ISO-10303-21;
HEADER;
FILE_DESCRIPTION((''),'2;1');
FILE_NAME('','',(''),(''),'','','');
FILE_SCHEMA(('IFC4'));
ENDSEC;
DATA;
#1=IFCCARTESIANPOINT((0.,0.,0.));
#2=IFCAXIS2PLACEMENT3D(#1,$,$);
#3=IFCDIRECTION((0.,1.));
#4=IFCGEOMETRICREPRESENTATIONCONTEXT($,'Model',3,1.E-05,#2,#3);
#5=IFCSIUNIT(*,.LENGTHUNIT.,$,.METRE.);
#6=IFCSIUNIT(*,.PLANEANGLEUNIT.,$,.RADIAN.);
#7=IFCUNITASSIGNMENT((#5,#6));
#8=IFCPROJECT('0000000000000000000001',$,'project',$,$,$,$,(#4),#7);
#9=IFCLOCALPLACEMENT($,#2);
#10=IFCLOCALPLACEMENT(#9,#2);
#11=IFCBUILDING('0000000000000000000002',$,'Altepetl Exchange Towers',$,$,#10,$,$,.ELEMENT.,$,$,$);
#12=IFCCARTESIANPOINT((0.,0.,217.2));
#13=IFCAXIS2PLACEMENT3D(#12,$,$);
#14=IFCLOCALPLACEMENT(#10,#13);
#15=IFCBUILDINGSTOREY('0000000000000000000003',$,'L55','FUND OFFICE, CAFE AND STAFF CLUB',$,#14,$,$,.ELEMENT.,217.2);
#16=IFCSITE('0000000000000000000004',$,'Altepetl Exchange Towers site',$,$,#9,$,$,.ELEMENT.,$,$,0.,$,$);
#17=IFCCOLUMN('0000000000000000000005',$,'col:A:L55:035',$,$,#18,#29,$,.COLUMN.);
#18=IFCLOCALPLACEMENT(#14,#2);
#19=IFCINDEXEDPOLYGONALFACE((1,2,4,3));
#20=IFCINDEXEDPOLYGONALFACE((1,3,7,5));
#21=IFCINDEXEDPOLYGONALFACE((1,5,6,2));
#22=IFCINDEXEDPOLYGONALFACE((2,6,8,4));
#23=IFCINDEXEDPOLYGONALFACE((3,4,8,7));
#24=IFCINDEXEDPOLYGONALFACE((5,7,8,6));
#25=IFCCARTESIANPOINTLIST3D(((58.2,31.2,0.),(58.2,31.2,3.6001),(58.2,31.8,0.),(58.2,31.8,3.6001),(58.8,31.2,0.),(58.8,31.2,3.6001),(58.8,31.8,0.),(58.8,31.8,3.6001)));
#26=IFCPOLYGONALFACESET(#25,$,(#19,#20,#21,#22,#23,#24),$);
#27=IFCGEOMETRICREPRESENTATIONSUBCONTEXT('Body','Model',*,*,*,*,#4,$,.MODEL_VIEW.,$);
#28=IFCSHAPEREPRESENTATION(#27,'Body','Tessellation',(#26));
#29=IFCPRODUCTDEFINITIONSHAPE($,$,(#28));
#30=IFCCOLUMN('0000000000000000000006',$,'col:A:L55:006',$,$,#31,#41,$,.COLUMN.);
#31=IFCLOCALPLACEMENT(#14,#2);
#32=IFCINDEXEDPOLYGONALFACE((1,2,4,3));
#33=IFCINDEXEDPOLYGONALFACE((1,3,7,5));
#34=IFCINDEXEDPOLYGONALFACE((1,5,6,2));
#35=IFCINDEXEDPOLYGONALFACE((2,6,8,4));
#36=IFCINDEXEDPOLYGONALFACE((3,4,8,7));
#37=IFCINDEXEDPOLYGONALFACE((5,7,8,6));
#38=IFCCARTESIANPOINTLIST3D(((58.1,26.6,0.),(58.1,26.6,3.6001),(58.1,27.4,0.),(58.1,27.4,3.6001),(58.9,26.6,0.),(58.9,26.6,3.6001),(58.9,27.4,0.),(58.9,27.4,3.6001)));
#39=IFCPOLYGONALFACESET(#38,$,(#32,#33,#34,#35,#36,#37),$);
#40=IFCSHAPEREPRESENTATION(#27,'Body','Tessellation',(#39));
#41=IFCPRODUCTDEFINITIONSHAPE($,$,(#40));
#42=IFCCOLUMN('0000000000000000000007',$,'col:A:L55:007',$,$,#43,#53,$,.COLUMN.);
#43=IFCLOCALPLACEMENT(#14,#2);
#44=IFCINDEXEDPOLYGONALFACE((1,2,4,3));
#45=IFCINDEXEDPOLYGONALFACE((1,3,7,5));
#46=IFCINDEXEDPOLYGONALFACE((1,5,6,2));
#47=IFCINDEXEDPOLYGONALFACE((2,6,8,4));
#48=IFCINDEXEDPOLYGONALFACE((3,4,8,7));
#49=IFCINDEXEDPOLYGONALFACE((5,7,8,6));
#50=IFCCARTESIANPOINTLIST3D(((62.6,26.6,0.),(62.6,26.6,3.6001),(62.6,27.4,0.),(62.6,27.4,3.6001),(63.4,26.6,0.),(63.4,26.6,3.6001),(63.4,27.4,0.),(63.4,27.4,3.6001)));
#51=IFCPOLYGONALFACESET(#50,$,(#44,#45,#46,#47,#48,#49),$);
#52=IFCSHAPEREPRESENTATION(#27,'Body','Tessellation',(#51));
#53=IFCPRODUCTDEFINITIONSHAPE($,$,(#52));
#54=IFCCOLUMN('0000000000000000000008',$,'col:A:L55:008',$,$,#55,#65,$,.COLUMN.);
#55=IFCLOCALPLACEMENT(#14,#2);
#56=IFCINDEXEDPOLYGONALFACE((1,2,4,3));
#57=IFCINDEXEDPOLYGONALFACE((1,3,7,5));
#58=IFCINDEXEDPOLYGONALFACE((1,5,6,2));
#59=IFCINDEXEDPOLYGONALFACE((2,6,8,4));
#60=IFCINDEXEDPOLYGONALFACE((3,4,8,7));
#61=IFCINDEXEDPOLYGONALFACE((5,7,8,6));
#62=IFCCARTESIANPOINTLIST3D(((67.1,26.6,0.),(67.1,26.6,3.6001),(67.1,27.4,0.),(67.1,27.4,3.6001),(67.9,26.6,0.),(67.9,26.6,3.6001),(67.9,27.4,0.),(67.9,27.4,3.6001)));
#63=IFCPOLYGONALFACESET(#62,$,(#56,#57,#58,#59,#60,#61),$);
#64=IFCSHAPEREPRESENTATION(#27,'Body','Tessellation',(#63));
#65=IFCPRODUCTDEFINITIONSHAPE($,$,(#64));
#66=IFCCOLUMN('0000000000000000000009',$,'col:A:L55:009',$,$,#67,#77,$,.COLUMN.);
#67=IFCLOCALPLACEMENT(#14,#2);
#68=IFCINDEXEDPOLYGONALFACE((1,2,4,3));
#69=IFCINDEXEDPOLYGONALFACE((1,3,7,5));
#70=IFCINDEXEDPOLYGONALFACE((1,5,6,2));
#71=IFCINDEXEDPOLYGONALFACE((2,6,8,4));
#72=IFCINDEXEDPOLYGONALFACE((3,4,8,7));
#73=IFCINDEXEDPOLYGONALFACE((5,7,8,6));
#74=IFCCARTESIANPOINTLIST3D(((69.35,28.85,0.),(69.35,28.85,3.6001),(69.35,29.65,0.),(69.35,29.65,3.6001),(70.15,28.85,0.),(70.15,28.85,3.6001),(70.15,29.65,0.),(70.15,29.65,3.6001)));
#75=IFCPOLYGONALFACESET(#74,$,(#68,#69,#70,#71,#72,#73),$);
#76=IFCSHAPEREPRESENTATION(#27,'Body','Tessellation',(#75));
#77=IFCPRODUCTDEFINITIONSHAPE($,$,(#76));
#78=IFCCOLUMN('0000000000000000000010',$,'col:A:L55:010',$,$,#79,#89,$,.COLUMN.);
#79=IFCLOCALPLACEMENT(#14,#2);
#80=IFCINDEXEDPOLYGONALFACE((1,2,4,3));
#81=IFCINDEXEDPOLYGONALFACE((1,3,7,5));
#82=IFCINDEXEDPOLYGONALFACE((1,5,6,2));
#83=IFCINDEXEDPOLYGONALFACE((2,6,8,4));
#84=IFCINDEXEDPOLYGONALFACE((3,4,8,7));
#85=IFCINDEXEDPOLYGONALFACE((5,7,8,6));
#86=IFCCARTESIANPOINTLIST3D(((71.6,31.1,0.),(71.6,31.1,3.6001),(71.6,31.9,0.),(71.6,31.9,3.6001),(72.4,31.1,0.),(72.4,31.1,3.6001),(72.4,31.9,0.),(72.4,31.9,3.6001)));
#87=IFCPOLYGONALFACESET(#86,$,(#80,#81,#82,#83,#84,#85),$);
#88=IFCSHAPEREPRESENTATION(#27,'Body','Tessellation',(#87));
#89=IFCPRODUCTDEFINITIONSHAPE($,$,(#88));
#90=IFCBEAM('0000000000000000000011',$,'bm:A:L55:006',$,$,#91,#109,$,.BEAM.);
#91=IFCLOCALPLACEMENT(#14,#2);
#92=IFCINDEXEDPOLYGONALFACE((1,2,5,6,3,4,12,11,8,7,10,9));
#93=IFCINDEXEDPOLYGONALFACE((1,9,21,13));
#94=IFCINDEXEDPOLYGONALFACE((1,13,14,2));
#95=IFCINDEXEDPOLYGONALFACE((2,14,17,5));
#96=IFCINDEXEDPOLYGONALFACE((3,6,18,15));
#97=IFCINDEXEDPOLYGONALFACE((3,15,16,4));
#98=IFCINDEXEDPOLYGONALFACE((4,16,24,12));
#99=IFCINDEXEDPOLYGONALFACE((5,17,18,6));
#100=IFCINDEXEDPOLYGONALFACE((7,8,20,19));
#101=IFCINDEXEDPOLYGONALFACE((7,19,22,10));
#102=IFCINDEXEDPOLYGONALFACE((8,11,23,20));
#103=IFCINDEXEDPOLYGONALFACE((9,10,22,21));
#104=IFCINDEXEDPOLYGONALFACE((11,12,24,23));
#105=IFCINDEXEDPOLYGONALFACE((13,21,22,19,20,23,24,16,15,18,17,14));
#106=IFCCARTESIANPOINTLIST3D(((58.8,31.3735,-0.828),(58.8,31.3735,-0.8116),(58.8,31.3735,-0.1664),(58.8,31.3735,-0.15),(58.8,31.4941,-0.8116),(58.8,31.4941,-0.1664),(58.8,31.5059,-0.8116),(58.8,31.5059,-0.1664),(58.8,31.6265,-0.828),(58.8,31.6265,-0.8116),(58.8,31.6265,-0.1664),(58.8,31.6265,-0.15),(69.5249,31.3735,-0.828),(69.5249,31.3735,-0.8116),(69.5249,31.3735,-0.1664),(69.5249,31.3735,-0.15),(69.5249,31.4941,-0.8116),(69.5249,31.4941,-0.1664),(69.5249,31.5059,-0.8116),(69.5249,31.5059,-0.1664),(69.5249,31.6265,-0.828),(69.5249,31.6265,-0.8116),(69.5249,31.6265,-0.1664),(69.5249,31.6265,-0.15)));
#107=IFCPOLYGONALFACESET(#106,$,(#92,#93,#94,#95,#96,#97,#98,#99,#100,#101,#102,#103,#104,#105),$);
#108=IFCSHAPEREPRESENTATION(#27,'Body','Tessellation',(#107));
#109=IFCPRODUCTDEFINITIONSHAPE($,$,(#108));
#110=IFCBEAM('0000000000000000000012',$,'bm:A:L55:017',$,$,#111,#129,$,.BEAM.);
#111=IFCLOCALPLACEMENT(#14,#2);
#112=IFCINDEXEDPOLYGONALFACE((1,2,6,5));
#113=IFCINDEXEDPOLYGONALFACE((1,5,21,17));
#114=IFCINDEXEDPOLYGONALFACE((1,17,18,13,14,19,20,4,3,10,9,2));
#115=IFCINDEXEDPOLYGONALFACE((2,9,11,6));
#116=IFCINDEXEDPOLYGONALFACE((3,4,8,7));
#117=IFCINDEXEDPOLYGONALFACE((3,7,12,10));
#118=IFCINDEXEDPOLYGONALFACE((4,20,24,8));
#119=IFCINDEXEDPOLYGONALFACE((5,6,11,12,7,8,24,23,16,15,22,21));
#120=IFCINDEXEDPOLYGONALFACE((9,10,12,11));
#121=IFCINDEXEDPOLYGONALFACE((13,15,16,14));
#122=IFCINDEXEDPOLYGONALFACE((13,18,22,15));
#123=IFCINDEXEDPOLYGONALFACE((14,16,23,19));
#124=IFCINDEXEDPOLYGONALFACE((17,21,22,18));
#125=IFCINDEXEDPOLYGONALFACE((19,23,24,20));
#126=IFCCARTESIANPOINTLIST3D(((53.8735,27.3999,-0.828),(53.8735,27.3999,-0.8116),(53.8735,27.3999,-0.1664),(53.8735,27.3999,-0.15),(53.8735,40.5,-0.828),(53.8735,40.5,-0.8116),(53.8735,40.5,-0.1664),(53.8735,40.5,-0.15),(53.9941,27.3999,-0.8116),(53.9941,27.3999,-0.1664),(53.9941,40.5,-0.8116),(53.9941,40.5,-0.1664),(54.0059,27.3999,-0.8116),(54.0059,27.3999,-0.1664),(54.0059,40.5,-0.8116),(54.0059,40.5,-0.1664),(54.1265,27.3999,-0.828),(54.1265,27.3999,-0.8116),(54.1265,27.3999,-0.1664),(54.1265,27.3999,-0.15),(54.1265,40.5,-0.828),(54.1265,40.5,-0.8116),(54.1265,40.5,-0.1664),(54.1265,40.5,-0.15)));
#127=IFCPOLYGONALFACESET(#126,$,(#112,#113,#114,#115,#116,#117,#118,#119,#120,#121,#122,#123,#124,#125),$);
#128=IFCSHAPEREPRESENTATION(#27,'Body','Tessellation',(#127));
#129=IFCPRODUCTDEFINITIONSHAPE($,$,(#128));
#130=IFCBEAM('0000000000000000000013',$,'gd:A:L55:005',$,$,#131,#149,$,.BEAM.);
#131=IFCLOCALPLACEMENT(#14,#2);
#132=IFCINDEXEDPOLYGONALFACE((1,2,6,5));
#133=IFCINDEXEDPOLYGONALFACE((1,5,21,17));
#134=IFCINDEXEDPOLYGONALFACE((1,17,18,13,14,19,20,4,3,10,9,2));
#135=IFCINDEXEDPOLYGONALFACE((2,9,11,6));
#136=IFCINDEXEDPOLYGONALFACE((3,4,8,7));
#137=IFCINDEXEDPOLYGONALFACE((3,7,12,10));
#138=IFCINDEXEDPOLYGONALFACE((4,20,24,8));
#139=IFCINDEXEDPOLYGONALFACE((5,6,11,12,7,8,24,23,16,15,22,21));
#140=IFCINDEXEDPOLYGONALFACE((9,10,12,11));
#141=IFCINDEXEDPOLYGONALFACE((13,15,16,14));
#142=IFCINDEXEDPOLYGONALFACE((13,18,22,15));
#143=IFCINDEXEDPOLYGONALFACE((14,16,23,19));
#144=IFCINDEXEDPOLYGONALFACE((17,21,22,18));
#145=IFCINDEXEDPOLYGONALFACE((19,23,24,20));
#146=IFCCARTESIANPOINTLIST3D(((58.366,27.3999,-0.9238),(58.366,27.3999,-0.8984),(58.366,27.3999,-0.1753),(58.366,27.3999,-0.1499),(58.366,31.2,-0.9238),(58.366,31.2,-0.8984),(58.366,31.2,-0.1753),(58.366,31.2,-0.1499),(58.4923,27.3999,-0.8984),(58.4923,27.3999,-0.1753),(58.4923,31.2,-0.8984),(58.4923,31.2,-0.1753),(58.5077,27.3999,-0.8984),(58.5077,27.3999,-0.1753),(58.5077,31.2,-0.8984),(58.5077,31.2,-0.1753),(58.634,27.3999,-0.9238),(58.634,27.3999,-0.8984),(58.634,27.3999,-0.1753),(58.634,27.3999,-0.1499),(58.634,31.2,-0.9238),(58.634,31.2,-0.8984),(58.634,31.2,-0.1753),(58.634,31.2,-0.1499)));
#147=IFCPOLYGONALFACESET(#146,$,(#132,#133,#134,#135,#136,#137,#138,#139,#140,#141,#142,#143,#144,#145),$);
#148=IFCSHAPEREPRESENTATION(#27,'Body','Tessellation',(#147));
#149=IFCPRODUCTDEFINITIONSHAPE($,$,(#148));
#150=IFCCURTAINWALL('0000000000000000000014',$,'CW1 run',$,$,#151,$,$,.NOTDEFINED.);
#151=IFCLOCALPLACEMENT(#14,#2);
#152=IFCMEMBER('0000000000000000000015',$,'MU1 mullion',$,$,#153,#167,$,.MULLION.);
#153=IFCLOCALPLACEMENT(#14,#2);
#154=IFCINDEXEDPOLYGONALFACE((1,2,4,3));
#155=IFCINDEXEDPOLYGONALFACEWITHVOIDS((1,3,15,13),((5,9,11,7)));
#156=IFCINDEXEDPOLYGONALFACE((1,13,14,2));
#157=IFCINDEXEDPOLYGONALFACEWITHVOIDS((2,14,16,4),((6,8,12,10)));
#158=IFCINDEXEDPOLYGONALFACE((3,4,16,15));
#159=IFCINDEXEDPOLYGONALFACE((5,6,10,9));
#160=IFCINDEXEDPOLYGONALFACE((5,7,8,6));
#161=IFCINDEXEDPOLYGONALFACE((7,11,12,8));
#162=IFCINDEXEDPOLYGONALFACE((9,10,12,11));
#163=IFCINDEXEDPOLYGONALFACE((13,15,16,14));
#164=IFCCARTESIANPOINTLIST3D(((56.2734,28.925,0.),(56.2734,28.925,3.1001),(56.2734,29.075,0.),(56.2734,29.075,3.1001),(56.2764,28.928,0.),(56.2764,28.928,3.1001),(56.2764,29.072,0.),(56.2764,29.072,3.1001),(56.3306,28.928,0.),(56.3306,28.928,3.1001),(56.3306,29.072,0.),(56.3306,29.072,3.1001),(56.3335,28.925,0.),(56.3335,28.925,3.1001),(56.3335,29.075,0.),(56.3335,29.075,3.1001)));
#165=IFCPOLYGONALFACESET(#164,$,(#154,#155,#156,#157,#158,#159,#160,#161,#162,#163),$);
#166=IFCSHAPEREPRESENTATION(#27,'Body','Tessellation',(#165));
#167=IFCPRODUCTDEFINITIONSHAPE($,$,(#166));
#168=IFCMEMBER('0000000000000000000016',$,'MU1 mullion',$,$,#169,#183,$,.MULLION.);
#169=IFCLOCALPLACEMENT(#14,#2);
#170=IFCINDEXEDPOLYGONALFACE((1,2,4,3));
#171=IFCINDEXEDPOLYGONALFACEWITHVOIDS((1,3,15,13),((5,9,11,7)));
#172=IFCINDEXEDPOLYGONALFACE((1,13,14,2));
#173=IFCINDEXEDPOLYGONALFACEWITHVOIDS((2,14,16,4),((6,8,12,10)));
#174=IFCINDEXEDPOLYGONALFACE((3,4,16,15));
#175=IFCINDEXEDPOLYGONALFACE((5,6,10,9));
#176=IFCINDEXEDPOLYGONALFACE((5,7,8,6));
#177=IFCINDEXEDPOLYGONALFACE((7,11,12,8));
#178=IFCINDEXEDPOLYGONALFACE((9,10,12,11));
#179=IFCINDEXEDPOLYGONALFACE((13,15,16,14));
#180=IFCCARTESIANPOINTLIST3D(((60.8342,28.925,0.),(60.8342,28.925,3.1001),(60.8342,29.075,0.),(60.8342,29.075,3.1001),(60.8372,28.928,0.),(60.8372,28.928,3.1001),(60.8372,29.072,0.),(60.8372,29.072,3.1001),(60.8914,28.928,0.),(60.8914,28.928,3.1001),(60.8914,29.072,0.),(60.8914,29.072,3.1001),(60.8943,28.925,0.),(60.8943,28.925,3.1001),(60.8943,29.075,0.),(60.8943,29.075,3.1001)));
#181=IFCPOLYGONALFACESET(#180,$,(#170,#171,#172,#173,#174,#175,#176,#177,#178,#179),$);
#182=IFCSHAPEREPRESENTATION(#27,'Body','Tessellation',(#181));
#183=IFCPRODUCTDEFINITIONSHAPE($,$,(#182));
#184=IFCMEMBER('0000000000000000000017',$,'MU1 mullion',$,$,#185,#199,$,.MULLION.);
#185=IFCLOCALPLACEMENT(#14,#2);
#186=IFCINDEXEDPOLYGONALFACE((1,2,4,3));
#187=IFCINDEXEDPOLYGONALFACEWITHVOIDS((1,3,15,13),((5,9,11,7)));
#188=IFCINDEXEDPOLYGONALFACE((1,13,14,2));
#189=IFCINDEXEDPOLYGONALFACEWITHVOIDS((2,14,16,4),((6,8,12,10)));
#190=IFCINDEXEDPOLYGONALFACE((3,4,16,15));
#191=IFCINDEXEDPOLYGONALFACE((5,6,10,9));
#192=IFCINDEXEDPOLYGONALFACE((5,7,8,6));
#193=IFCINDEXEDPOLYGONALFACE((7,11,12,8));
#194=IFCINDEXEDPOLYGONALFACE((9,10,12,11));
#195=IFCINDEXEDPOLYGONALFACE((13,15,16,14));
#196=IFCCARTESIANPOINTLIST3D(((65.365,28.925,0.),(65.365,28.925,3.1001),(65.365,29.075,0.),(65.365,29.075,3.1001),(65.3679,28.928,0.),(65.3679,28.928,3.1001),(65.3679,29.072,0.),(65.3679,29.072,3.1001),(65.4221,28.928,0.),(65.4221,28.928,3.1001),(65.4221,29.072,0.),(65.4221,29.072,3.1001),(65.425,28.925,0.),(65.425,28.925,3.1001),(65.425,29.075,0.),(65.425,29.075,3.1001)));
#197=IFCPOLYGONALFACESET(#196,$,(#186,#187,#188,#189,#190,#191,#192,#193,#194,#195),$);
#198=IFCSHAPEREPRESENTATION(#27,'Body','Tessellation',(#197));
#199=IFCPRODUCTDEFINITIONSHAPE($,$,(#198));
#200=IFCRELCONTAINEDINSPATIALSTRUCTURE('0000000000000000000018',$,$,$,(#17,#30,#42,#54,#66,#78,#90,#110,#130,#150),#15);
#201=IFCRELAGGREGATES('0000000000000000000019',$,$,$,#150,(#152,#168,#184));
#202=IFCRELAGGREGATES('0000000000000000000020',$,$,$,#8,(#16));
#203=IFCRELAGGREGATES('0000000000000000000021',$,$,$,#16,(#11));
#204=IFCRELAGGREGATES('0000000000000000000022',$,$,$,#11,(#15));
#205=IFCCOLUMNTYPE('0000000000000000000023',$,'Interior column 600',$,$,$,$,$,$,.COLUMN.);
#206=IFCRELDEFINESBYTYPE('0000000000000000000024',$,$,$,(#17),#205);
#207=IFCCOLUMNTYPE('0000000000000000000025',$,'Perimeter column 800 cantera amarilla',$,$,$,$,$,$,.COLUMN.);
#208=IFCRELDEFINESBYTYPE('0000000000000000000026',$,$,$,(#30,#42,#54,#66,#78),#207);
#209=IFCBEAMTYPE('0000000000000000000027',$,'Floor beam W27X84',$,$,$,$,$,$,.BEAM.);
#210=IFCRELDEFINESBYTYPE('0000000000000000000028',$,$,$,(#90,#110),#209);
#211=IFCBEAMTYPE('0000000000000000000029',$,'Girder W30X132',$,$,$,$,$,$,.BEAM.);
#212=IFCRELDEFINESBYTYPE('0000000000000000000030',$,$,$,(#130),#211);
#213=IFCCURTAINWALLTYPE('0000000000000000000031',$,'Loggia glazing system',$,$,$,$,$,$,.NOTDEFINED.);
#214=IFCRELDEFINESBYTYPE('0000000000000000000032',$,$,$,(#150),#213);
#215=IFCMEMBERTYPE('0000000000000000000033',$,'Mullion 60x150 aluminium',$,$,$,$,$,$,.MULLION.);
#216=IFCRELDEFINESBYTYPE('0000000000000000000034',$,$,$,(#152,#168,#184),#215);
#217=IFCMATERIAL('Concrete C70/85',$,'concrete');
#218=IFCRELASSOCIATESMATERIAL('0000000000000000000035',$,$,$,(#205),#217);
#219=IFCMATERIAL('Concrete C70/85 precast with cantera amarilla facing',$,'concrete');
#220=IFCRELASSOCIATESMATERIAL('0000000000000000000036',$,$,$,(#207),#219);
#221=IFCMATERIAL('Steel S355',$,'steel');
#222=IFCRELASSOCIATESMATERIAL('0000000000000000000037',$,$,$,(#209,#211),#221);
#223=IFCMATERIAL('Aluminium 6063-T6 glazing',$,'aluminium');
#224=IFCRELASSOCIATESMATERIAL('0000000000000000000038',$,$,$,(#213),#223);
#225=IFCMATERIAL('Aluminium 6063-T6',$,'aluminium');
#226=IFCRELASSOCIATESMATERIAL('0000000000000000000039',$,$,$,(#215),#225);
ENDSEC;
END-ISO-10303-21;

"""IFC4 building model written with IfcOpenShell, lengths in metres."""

from ifc_helpers import new_model, si_unit, direction, frame, origin, origin_2d, place, context, subcontext, project, spatial, rectangle, hollow_rectangle, i_section, extrude, material, material_profile, profile_set, type_object, element, aggregate, save


model = new_model("IFC4")

# Units and contexts
model_context = context("Model", 3, precision=1e-05, world=origin(), true_north=direction((0.0, 1.0)))
body_context = subcontext(model_context, "Body", "Model", "MODEL_VIEW")
ifc_project = project(units=[si_unit("LENGTHUNIT", "METRE"), si_unit("PLANEANGLEUNIT", "RADIAN")], contexts=[model_context])

# Site, building, storey
site_placement = place(None, origin())
site = spatial("IfcSite", under=ifc_project, at=site_placement, Name="Altepetl Exchange Towers site", CompositionType="ELEMENT", RefElevation=0.0)
building_placement = place(site_placement, origin())
building = spatial("IfcBuilding", under=site, at=building_placement, Name="Altepetl Exchange Towers", CompositionType="ELEMENT")
storey_placement = place(building_placement, frame((0.0, 0.0, 217.2)))
storey = spatial("IfcBuildingStorey", under=building, at=storey_placement, Name="L55", Description="FUND OFFICE, CAFE AND STAFF CLUB", CompositionType="ELEMENT", Elevation=217.2)

# Columns
ifc_material_1 = material(Name="Concrete C70/85", Category="concrete")
ifc_material_profile_1 = material_profile(ifc_material_1, rectangle(XDim=0.6001, YDim=0.6001, at=origin_2d()), Name="600 x 600")
ifc_profile_set_1 = profile_set([ifc_material_profile_1], Name="Concrete C70/85")
column_type_1 = type_object("IfcColumnType", Name="Interior column 600", PredefinedType="COLUMN", material=ifc_profile_set_1)
column_placement = place(storey_placement, frame((58.5, 31.5, 0.0)))
element("IfcColumn", 1, at=column_placement, inside=storey, type_object=column_type_1, Name="col:A:L55:035", PredefinedType="COLUMN", context=body_context, shape_type="SweptSolid", body=[
    extrude(rectangle(XDim=0.6001, YDim=0.6001, at=origin_2d()), origin(), (0.0, 0.0, 1.0), 3.6001),
])
ifc_material_2 = material(Name="Concrete C70/85 precast with cantera amarilla facing", Category="concrete")
ifc_material_profile_2 = material_profile(ifc_material_2, rectangle(XDim=0.8, YDim=0.8, at=origin_2d()), Name="800 x 800")
ifc_profile_set_2 = profile_set([ifc_material_profile_2], Name="Concrete C70/85 precast with cantera amarilla facing")
column_type_2 = type_object("IfcColumnType", Name="Perimeter column 800 cantera amarilla", PredefinedType="COLUMN", material=ifc_profile_set_2)
for number, where, name in (
    (2, (58.5, 27.0, 0.0), "col:A:L55:006"),
    (3, (63.0, 27.0, 0.0), "col:A:L55:007"),
    (4, (67.5, 27.0, 0.0), "col:A:L55:008"),
    (5, (69.75, 29.25, 0.0), "col:A:L55:009"),
    (6, (72.0, 31.5, 0.0), "col:A:L55:010"),
):
    element("IfcColumn", number, at=place(storey_placement, frame(where)), inside=storey, type_object=column_type_2, Name=name, PredefinedType="COLUMN", context=body_context, shape_type="SweptSolid", body=[
        extrude(rectangle(XDim=0.8, YDim=0.8, at=origin_2d()), origin(), (0.0, 0.0, 1.0), 3.6001),
    ])

# Beams
ifc_material_3 = material(Name="Steel S355", Category="steel")
ifc_material_profile_3 = material_profile(ifc_material_3, i_section(OverallWidth=0.2529, OverallDepth=0.678, WebThickness=0.0117, FlangeThickness=0.0164, at=origin_2d()), Name="W27X84")
ifc_profile_set_3 = profile_set([ifc_material_profile_3], Name="Steel S355")
beam_type_1 = type_object("IfcBeamType", Name="Floor beam W27X84", PredefinedType="BEAM", material=ifc_profile_set_3)
beam_1_placement = place(storey_placement, frame((58.8, 31.5, -0.489), z_axis=(1.0, 0.0, 0.0), x_axis=(0.0, 1.0, 0.0)))
element("IfcBeam", 7, at=beam_1_placement, inside=storey, type_object=beam_type_1, Name="bm:A:L55:006", PredefinedType="BEAM", context=body_context, shape_type="SweptSolid", body=[
    extrude(i_section(OverallWidth=0.2529, OverallDepth=0.678, WebThickness=0.0117, FlangeThickness=0.0164, at=origin_2d()), origin(), (0.0, 0.0, 1.0), 10.7249),
])
beam_2_placement = place(storey_placement, frame((54.0, 27.3999, -0.489), z_axis=(0.0, 1.0, 0.0), x_axis=(-1.0, 0.0, 0.0)))
element("IfcBeam", 8, at=beam_2_placement, inside=storey, type_object=beam_type_1, Name="bm:A:L55:017", PredefinedType="BEAM", context=body_context, shape_type="SweptSolid", body=[
    extrude(i_section(OverallWidth=0.2529, OverallDepth=0.678, WebThickness=0.0117, FlangeThickness=0.0164, at=origin_2d()), origin(), (0.0, 0.0, 1.0), 13.1001),
])
ifc_material_profile_4 = material_profile(ifc_material_3, i_section(OverallWidth=0.2681, OverallDepth=0.7739, WebThickness=0.0154, FlangeThickness=0.0254, at=origin_2d()), Name="W30X132")
ifc_profile_set_4 = profile_set([ifc_material_profile_4], Name="Steel S355")
beam_type_2 = type_object("IfcBeamType", Name="Girder W30X132", PredefinedType="BEAM", material=ifc_profile_set_4)
beam_3_placement = place(storey_placement, frame((58.5, 31.2, -0.5369), z_axis=(0.0, -1.0, 0.0), x_axis=(1.0, 0.0, 0.0)))
element("IfcBeam", 9, at=beam_3_placement, inside=storey, type_object=beam_type_2, Name="gd:A:L55:005", PredefinedType="BEAM", context=body_context, shape_type="SweptSolid", body=[
    extrude(i_section(OverallWidth=0.2681, OverallDepth=0.7739, WebThickness=0.0154, FlangeThickness=0.0254, at=origin_2d()), origin(), (0.0, 0.0, 1.0), 3.8),
])

# Curtain wall, members
ifc_material_4 = material(Name="Aluminium 6063-T6 glazing", Category="aluminium")
curtain_wall_type = type_object("IfcCurtainWallType", Name="Loggia glazing system", PredefinedType="NOTDEFINED", material=ifc_material_4)
curtain_wall_1_placement = place(storey_placement, origin())
curtain_wall_1 = element("IfcCurtainWall", 10, at=curtain_wall_1_placement, inside=storey, type_object=curtain_wall_type, Name="CW1 run", PredefinedType="NOTDEFINED")
ifc_material_5 = material(Name="Aluminium 6063-T6", Category="aluminium")
ifc_material_profile_5 = material_profile(ifc_material_5, hollow_rectangle(XDim=0.0601, YDim=0.1499, WallThickness=0.0029, at=origin_2d()), Name="Mullion 60x150 aluminium")
ifc_profile_set_5 = profile_set([ifc_material_profile_5], Name="Aluminium 6063-T6")
member_type = type_object("IfcMemberType", Name="Mullion 60x150 aluminium", PredefinedType="MULLION", material=ifc_profile_set_5)
member_1_placement = place(storey_placement, frame((56.3035, 29.0, 0.0)))
member_1 = element("IfcMember", 11, at=member_1_placement, type_object=member_type, Name="MU1 mullion", PredefinedType="MULLION", context=body_context, shape_type="SweptSolid", body=[
    extrude(hollow_rectangle(XDim=0.0601, YDim=0.1499, WallThickness=0.0029, at=origin_2d()), origin(), (0.0, 0.0, 1.0), 3.1001),
])
member_2_placement = place(storey_placement, frame((60.8643, 29.0, 0.0)))
member_2 = element("IfcMember", 12, at=member_2_placement, type_object=member_type, Name="MU1 mullion", PredefinedType="MULLION", context=body_context, shape_type="SweptSolid", body=[
    extrude(hollow_rectangle(XDim=0.0601, YDim=0.1499, WallThickness=0.0029, at=origin_2d()), origin(), (0.0, 0.0, 1.0), 3.1001),
])
member_3_placement = place(storey_placement, frame((65.395, 29.0, 0.0)))
member_3 = element("IfcMember", 13, at=member_3_placement, type_object=member_type, Name="MU1 mullion", PredefinedType="MULLION", context=body_context, shape_type="SweptSolid", body=[
    extrude(hollow_rectangle(XDim=0.0601, YDim=0.1499, WallThickness=0.0029, at=origin_2d()), origin(), (0.0, 0.0, 1.0), 3.1001),
])

aggregate(curtain_wall_1, [member_1, member_2, member_3])

save(model, "model.ifc")
